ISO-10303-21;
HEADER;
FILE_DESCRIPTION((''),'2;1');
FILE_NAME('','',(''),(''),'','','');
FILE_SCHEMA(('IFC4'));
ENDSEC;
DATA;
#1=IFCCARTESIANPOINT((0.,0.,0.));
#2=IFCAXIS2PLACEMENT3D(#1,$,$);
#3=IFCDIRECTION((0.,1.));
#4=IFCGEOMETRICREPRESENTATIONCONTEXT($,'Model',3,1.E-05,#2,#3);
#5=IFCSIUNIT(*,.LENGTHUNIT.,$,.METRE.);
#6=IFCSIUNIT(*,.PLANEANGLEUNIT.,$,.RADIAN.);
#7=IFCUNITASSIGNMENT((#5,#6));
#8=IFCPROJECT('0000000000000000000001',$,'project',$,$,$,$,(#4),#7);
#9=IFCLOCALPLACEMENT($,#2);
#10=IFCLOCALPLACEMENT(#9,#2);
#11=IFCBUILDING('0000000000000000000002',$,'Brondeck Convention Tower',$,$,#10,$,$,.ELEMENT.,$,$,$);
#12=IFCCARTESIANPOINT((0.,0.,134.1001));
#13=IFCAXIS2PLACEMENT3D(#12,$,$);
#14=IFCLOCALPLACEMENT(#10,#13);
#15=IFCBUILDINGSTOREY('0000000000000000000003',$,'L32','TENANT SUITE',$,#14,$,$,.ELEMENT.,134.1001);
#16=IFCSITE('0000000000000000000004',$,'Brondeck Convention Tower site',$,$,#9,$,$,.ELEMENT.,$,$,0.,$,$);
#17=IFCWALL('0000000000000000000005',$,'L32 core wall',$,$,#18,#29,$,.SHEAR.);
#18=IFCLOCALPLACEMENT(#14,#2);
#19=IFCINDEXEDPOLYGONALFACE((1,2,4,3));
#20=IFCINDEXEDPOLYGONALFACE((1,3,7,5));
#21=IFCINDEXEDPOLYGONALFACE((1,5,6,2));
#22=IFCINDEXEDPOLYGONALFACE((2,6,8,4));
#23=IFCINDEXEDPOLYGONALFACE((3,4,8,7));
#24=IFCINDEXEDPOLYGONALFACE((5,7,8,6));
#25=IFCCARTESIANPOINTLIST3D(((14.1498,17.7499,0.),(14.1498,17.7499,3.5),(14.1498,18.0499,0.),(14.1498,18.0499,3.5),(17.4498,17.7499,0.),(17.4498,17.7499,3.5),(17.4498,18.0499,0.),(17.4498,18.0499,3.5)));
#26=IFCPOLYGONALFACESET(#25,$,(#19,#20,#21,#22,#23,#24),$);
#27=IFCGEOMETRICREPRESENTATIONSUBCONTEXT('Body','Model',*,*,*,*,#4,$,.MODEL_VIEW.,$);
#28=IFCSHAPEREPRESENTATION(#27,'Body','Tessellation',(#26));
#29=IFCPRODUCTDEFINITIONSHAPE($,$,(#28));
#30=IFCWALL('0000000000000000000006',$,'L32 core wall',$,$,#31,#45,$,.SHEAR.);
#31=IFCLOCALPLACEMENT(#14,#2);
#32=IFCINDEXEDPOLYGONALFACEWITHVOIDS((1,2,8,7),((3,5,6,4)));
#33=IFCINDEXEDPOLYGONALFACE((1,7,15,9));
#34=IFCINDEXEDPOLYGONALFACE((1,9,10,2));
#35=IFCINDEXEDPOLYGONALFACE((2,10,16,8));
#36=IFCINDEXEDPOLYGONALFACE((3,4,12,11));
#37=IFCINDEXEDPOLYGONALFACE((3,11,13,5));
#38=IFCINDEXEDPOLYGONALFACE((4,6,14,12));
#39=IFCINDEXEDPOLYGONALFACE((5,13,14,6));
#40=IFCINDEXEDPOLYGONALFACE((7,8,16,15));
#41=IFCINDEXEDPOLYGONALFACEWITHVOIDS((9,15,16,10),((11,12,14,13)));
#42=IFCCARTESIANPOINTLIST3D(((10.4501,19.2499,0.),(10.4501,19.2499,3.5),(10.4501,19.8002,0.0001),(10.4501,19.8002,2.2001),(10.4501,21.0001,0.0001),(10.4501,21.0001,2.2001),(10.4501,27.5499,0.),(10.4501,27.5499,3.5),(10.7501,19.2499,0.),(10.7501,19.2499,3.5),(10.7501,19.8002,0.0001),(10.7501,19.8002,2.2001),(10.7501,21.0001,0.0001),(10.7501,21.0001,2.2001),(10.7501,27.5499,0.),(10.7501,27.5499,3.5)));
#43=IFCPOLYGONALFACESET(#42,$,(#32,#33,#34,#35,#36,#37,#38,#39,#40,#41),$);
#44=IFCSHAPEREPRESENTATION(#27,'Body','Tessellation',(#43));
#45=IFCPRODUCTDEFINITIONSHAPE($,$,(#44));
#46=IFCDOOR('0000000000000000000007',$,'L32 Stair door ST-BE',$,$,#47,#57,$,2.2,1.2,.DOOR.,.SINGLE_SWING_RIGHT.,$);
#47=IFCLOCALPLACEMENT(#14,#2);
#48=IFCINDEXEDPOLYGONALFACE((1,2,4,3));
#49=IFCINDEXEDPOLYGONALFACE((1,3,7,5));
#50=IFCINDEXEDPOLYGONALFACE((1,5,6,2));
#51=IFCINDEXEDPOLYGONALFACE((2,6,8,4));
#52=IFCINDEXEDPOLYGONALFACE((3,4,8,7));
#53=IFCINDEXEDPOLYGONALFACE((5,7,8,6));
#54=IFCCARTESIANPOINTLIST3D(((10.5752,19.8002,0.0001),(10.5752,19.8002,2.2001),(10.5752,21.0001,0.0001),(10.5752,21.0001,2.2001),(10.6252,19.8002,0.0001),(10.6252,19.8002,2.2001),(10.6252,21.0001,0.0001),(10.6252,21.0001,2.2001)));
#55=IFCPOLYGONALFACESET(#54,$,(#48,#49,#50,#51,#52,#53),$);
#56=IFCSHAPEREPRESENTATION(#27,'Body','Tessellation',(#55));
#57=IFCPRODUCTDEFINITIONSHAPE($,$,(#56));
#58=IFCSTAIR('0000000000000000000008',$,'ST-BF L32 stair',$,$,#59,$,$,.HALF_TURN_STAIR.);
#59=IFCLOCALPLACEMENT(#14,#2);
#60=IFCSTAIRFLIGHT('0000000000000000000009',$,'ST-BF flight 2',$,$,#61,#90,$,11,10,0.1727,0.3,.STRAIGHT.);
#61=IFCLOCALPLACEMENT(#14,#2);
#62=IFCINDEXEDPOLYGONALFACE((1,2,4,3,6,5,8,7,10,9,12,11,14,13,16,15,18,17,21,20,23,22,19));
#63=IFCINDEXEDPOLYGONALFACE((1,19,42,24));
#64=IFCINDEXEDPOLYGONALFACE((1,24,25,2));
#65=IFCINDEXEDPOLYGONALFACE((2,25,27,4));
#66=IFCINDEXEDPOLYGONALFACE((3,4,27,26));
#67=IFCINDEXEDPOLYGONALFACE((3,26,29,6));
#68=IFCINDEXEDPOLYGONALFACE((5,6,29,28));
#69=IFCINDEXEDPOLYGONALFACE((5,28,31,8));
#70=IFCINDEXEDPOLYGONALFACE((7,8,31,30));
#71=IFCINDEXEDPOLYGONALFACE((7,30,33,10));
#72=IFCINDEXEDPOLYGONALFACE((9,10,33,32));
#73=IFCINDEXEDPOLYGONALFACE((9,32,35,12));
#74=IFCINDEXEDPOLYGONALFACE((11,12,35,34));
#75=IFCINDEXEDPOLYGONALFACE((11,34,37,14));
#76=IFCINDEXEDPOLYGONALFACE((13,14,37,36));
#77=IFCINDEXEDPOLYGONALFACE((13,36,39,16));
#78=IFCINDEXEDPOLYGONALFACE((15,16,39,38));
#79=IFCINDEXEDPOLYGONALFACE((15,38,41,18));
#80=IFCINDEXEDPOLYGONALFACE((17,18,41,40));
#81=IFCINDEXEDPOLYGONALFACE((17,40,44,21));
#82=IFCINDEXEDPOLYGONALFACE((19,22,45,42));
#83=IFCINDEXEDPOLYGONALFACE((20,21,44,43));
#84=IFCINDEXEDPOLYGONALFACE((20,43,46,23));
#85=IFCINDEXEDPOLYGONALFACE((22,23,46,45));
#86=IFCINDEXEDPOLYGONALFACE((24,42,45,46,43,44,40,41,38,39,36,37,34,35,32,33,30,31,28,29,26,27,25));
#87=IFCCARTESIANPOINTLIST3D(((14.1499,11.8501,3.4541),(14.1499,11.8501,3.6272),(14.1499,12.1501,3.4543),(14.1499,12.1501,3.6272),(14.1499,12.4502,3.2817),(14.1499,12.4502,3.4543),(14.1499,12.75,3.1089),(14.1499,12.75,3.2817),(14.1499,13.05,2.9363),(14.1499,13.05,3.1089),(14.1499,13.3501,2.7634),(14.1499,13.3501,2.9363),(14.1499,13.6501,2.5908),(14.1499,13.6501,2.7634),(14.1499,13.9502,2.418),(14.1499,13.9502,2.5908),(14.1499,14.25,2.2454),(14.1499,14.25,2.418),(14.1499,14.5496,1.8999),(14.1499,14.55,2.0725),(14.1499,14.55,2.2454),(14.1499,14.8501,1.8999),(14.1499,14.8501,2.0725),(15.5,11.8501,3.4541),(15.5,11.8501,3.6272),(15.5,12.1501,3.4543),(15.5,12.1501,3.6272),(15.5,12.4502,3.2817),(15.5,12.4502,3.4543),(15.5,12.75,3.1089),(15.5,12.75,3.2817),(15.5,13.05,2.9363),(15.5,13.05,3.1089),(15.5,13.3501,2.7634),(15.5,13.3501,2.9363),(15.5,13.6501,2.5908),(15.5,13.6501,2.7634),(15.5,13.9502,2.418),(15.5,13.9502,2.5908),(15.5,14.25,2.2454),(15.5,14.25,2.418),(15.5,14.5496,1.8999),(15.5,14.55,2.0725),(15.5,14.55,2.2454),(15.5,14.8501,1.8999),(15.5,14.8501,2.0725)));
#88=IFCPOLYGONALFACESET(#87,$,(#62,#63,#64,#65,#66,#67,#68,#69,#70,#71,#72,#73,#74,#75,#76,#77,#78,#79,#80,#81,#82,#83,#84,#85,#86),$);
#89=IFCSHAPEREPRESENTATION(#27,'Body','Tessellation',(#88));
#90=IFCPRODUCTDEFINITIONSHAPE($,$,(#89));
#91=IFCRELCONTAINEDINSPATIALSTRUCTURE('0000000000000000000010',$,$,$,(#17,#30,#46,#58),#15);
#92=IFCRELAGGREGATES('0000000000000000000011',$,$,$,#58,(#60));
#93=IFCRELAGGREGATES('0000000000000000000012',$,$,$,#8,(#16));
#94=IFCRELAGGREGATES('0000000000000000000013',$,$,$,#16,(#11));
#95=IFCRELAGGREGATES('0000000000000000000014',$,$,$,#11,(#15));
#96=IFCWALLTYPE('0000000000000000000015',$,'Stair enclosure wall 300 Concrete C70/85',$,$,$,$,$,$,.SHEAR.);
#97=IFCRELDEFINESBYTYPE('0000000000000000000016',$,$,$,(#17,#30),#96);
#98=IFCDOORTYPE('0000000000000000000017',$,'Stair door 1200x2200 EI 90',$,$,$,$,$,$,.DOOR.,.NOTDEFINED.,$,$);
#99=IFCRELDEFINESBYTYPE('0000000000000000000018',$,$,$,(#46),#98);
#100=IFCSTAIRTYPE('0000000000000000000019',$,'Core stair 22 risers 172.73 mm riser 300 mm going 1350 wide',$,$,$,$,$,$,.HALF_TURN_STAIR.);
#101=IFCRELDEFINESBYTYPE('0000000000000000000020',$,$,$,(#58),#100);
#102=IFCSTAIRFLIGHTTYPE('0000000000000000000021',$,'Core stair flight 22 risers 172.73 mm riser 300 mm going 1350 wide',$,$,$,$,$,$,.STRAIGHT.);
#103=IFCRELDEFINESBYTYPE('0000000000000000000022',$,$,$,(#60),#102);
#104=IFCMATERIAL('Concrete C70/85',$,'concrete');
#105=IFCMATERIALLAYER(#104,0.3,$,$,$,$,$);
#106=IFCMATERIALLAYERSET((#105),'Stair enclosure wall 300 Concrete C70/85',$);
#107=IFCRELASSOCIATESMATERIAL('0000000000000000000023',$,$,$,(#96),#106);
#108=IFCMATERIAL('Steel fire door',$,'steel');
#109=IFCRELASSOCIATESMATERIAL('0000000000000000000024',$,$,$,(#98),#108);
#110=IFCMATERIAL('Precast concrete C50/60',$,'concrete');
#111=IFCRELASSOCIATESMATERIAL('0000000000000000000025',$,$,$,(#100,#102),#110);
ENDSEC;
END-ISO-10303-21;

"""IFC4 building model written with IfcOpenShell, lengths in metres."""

from ifc_helpers import new_model, si_unit, direction, frame, frame_2d, origin, place, context, subcontext, project, spatial, polyline, rectangle, outline, extrude, material, layer, layer_set, type_object, element, fill, aggregate, save


model = new_model("IFC4")

# Units and contexts
model_context = context("Model", 3, precision=1e-05, world=origin(), true_north=direction((0.0, 1.0)))
body_context = subcontext(model_context, "Body", "Model", "MODEL_VIEW")
ifc_project = project(units=[si_unit("LENGTHUNIT", "METRE"), si_unit("PLANEANGLEUNIT", "RADIAN")], contexts=[model_context])

# Site, building, storey
site_placement = place(None, origin())
site = spatial("IfcSite", under=ifc_project, at=site_placement, Name="Brondeck Convention Tower site", CompositionType="ELEMENT", RefElevation=0.0)
building_placement = place(site_placement, origin())
building = spatial("IfcBuilding", under=site, at=building_placement, Name="Brondeck Convention Tower", CompositionType="ELEMENT")
storey_placement = place(building_placement, frame((0.0, 0.0, 134.1001)))
storey = spatial("IfcBuildingStorey", under=building, at=storey_placement, Name="L32", Description="TENANT SUITE", CompositionType="ELEMENT", Elevation=134.1001)

# Shared definitions
ifc_material_1 = material(Name="Concrete C70/85", Category="concrete")

# Wall
ifc_layer_1 = layer(ifc_material_1, 0.3)
ifc_layer_set_1 = layer_set([ifc_layer_1], Name="Stair enclosure wall 300 Concrete C70/85")
wall_type_1 = type_object("IfcWallType", Name="Stair enclosure wall 300 Concrete C70/85", PredefinedType="SHEAR", material=ifc_layer_set_1)
wall_1_placement = place(storey_placement, frame((14.1499, 17.8999, 0.0), z_axis=(0.0, 0.0, 1.0), x_axis=(1.0, 0.0, 0.0)))
element("IfcWall", 1, at=wall_1_placement, inside=storey, type_object=wall_type_1, Name="L32 core wall", PredefinedType="SHEAR", context=body_context, shape_type="SweptSolid", body=[
    extrude(rectangle(XDim=3.3, YDim=0.3, at=frame_2d((1.6499, 0.0))), origin(), (0.0, 0.0, 1.0), 3.5),
])

# Wall, opening, door
wall_2_placement = place(storey_placement, frame((10.6001, 19.25, 0.0), z_axis=(0.0, 0.0, 1.0), x_axis=(0.0, 1.0, 0.0)))
wall_2 = element("IfcWall", 2, at=wall_2_placement, inside=storey, type_object=wall_type_1, Name="L32 core wall", PredefinedType="SHEAR", context=body_context, shape_type="SweptSolid", body=[
    extrude(rectangle(XDim=8.3, YDim=0.3, at=frame_2d((4.1499, 0.0))), origin(), (0.0, 0.0, 1.0), 3.5),
])
opening_1_placement = place(wall_2_placement, frame((0.55, 0.0, 0.0)))
opening_1 = element("IfcOpeningElement", 3, at=opening_1_placement, cuts=wall_2, PredefinedType="OPENING", context=body_context, shape_type="SweptSolid", body=[
    extrude(rectangle(XDim=1.2, YDim=2.2, at=frame_2d((0.6001, 1.1001))), frame((0.0, 0.1599, 0.0), z_axis=(0.0, -1.0, 0.0), x_axis=(1.0, 0.0, 0.0)), (0.0, 0.0, 1.0), 0.3201),
])
ifc_material_2 = material(Name="Steel fire door", Category="steel")
door_type_1 = type_object("IfcDoorType", Name="Stair door 1200x2200 EI 90", OperationType="NOTDEFINED", PredefinedType="DOOR", material=ifc_material_2)
door_1_placement = place(opening_1_placement, origin())
door_1 = element("IfcDoor", 4, at=door_1_placement, inside=storey, type_object=door_type_1, Name="L32 Stair door ST-BE", OperationType="SINGLE_SWING_RIGHT", OverallHeight=2.2, OverallWidth=1.2, PredefinedType="DOOR", context=body_context, shape_type="SweptSolid", body=[
    extrude(rectangle(XDim=1.2, YDim=2.2, at=frame_2d((0.6001, 1.1001))), frame((0.0, 0.0249, 0.0), z_axis=(0.0, -1.0, 0.0), x_axis=(1.0, 0.0, 0.0)), (0.0, 0.0, 1.0), 0.05),
])
fill(opening_1, door_1)

# Stair, stair flight
ifc_material_3 = material(Name="Precast concrete C50/60", Category="concrete")
stair_type = type_object("IfcStairType", Name="Core stair 22 risers 172.73 mm riser 300 mm going 1350 wide", PredefinedType="HALF_TURN_STAIR", material=ifc_material_3)
stair_placement = place(storey_placement, origin())
stair = element("IfcStair", 5, at=stair_placement, inside=storey, type_object=stair_type, Name="ST-BF L32 stair", PredefinedType="HALF_TURN_STAIR")
stair_flight_type = type_object("IfcStairFlightType", Name="Core stair flight 22 risers 172.73 mm riser 300 mm going 1350 wide", PredefinedType="STRAIGHT", material=ifc_material_3)
stair_flight_placement = place(storey_placement, frame((14.825, 14.8501, 1.8999), z_axis=(0.0, 0.0, 1.0), x_axis=(0.0, -1.0, 0.0)))
stair_flight = element("IfcStairFlight", 6, at=stair_flight_placement, type_object=stair_flight_type, Name="ST-BF flight 2", NumberOfRisers=11, NumberOfTreads=10, PredefinedType="STRAIGHT", RiserHeight=0.1727, TreadLength=0.3, context=body_context, shape_type="SweptSolid", body=[
    extrude(outline(polyline([(0.0, 0.0), (0.0, 0.1726), (0.3, 0.1726), (0.3, 0.3455), (0.6001, 0.3455), (0.6001, 0.5181), (0.8999, 0.5181), (0.8999, 0.6909), (1.2, 0.6909), (1.2, 0.8635), (1.5, 0.8635), (1.5, 1.0364), (1.8, 1.0364), (1.8, 1.209), (2.1001, 1.209), (2.1001, 1.3818), (2.3999, 1.3818), (2.3999, 1.5544), (2.7, 1.5544), (2.7, 1.7273), (3.0, 1.7273), (3.0, 1.8999), (3.0, 1.5542), (0.3005, 0.0), (0.0, 0.0)])), frame((0.0, 0.675, 0.0), z_axis=(0.0, -1.0, 0.0), x_axis=(1.0, 0.0, 0.0)), (0.0, 0.0, 1.0), 1.3501),
])
aggregate(stair, [stair_flight])

save(model, "model.ifc")
